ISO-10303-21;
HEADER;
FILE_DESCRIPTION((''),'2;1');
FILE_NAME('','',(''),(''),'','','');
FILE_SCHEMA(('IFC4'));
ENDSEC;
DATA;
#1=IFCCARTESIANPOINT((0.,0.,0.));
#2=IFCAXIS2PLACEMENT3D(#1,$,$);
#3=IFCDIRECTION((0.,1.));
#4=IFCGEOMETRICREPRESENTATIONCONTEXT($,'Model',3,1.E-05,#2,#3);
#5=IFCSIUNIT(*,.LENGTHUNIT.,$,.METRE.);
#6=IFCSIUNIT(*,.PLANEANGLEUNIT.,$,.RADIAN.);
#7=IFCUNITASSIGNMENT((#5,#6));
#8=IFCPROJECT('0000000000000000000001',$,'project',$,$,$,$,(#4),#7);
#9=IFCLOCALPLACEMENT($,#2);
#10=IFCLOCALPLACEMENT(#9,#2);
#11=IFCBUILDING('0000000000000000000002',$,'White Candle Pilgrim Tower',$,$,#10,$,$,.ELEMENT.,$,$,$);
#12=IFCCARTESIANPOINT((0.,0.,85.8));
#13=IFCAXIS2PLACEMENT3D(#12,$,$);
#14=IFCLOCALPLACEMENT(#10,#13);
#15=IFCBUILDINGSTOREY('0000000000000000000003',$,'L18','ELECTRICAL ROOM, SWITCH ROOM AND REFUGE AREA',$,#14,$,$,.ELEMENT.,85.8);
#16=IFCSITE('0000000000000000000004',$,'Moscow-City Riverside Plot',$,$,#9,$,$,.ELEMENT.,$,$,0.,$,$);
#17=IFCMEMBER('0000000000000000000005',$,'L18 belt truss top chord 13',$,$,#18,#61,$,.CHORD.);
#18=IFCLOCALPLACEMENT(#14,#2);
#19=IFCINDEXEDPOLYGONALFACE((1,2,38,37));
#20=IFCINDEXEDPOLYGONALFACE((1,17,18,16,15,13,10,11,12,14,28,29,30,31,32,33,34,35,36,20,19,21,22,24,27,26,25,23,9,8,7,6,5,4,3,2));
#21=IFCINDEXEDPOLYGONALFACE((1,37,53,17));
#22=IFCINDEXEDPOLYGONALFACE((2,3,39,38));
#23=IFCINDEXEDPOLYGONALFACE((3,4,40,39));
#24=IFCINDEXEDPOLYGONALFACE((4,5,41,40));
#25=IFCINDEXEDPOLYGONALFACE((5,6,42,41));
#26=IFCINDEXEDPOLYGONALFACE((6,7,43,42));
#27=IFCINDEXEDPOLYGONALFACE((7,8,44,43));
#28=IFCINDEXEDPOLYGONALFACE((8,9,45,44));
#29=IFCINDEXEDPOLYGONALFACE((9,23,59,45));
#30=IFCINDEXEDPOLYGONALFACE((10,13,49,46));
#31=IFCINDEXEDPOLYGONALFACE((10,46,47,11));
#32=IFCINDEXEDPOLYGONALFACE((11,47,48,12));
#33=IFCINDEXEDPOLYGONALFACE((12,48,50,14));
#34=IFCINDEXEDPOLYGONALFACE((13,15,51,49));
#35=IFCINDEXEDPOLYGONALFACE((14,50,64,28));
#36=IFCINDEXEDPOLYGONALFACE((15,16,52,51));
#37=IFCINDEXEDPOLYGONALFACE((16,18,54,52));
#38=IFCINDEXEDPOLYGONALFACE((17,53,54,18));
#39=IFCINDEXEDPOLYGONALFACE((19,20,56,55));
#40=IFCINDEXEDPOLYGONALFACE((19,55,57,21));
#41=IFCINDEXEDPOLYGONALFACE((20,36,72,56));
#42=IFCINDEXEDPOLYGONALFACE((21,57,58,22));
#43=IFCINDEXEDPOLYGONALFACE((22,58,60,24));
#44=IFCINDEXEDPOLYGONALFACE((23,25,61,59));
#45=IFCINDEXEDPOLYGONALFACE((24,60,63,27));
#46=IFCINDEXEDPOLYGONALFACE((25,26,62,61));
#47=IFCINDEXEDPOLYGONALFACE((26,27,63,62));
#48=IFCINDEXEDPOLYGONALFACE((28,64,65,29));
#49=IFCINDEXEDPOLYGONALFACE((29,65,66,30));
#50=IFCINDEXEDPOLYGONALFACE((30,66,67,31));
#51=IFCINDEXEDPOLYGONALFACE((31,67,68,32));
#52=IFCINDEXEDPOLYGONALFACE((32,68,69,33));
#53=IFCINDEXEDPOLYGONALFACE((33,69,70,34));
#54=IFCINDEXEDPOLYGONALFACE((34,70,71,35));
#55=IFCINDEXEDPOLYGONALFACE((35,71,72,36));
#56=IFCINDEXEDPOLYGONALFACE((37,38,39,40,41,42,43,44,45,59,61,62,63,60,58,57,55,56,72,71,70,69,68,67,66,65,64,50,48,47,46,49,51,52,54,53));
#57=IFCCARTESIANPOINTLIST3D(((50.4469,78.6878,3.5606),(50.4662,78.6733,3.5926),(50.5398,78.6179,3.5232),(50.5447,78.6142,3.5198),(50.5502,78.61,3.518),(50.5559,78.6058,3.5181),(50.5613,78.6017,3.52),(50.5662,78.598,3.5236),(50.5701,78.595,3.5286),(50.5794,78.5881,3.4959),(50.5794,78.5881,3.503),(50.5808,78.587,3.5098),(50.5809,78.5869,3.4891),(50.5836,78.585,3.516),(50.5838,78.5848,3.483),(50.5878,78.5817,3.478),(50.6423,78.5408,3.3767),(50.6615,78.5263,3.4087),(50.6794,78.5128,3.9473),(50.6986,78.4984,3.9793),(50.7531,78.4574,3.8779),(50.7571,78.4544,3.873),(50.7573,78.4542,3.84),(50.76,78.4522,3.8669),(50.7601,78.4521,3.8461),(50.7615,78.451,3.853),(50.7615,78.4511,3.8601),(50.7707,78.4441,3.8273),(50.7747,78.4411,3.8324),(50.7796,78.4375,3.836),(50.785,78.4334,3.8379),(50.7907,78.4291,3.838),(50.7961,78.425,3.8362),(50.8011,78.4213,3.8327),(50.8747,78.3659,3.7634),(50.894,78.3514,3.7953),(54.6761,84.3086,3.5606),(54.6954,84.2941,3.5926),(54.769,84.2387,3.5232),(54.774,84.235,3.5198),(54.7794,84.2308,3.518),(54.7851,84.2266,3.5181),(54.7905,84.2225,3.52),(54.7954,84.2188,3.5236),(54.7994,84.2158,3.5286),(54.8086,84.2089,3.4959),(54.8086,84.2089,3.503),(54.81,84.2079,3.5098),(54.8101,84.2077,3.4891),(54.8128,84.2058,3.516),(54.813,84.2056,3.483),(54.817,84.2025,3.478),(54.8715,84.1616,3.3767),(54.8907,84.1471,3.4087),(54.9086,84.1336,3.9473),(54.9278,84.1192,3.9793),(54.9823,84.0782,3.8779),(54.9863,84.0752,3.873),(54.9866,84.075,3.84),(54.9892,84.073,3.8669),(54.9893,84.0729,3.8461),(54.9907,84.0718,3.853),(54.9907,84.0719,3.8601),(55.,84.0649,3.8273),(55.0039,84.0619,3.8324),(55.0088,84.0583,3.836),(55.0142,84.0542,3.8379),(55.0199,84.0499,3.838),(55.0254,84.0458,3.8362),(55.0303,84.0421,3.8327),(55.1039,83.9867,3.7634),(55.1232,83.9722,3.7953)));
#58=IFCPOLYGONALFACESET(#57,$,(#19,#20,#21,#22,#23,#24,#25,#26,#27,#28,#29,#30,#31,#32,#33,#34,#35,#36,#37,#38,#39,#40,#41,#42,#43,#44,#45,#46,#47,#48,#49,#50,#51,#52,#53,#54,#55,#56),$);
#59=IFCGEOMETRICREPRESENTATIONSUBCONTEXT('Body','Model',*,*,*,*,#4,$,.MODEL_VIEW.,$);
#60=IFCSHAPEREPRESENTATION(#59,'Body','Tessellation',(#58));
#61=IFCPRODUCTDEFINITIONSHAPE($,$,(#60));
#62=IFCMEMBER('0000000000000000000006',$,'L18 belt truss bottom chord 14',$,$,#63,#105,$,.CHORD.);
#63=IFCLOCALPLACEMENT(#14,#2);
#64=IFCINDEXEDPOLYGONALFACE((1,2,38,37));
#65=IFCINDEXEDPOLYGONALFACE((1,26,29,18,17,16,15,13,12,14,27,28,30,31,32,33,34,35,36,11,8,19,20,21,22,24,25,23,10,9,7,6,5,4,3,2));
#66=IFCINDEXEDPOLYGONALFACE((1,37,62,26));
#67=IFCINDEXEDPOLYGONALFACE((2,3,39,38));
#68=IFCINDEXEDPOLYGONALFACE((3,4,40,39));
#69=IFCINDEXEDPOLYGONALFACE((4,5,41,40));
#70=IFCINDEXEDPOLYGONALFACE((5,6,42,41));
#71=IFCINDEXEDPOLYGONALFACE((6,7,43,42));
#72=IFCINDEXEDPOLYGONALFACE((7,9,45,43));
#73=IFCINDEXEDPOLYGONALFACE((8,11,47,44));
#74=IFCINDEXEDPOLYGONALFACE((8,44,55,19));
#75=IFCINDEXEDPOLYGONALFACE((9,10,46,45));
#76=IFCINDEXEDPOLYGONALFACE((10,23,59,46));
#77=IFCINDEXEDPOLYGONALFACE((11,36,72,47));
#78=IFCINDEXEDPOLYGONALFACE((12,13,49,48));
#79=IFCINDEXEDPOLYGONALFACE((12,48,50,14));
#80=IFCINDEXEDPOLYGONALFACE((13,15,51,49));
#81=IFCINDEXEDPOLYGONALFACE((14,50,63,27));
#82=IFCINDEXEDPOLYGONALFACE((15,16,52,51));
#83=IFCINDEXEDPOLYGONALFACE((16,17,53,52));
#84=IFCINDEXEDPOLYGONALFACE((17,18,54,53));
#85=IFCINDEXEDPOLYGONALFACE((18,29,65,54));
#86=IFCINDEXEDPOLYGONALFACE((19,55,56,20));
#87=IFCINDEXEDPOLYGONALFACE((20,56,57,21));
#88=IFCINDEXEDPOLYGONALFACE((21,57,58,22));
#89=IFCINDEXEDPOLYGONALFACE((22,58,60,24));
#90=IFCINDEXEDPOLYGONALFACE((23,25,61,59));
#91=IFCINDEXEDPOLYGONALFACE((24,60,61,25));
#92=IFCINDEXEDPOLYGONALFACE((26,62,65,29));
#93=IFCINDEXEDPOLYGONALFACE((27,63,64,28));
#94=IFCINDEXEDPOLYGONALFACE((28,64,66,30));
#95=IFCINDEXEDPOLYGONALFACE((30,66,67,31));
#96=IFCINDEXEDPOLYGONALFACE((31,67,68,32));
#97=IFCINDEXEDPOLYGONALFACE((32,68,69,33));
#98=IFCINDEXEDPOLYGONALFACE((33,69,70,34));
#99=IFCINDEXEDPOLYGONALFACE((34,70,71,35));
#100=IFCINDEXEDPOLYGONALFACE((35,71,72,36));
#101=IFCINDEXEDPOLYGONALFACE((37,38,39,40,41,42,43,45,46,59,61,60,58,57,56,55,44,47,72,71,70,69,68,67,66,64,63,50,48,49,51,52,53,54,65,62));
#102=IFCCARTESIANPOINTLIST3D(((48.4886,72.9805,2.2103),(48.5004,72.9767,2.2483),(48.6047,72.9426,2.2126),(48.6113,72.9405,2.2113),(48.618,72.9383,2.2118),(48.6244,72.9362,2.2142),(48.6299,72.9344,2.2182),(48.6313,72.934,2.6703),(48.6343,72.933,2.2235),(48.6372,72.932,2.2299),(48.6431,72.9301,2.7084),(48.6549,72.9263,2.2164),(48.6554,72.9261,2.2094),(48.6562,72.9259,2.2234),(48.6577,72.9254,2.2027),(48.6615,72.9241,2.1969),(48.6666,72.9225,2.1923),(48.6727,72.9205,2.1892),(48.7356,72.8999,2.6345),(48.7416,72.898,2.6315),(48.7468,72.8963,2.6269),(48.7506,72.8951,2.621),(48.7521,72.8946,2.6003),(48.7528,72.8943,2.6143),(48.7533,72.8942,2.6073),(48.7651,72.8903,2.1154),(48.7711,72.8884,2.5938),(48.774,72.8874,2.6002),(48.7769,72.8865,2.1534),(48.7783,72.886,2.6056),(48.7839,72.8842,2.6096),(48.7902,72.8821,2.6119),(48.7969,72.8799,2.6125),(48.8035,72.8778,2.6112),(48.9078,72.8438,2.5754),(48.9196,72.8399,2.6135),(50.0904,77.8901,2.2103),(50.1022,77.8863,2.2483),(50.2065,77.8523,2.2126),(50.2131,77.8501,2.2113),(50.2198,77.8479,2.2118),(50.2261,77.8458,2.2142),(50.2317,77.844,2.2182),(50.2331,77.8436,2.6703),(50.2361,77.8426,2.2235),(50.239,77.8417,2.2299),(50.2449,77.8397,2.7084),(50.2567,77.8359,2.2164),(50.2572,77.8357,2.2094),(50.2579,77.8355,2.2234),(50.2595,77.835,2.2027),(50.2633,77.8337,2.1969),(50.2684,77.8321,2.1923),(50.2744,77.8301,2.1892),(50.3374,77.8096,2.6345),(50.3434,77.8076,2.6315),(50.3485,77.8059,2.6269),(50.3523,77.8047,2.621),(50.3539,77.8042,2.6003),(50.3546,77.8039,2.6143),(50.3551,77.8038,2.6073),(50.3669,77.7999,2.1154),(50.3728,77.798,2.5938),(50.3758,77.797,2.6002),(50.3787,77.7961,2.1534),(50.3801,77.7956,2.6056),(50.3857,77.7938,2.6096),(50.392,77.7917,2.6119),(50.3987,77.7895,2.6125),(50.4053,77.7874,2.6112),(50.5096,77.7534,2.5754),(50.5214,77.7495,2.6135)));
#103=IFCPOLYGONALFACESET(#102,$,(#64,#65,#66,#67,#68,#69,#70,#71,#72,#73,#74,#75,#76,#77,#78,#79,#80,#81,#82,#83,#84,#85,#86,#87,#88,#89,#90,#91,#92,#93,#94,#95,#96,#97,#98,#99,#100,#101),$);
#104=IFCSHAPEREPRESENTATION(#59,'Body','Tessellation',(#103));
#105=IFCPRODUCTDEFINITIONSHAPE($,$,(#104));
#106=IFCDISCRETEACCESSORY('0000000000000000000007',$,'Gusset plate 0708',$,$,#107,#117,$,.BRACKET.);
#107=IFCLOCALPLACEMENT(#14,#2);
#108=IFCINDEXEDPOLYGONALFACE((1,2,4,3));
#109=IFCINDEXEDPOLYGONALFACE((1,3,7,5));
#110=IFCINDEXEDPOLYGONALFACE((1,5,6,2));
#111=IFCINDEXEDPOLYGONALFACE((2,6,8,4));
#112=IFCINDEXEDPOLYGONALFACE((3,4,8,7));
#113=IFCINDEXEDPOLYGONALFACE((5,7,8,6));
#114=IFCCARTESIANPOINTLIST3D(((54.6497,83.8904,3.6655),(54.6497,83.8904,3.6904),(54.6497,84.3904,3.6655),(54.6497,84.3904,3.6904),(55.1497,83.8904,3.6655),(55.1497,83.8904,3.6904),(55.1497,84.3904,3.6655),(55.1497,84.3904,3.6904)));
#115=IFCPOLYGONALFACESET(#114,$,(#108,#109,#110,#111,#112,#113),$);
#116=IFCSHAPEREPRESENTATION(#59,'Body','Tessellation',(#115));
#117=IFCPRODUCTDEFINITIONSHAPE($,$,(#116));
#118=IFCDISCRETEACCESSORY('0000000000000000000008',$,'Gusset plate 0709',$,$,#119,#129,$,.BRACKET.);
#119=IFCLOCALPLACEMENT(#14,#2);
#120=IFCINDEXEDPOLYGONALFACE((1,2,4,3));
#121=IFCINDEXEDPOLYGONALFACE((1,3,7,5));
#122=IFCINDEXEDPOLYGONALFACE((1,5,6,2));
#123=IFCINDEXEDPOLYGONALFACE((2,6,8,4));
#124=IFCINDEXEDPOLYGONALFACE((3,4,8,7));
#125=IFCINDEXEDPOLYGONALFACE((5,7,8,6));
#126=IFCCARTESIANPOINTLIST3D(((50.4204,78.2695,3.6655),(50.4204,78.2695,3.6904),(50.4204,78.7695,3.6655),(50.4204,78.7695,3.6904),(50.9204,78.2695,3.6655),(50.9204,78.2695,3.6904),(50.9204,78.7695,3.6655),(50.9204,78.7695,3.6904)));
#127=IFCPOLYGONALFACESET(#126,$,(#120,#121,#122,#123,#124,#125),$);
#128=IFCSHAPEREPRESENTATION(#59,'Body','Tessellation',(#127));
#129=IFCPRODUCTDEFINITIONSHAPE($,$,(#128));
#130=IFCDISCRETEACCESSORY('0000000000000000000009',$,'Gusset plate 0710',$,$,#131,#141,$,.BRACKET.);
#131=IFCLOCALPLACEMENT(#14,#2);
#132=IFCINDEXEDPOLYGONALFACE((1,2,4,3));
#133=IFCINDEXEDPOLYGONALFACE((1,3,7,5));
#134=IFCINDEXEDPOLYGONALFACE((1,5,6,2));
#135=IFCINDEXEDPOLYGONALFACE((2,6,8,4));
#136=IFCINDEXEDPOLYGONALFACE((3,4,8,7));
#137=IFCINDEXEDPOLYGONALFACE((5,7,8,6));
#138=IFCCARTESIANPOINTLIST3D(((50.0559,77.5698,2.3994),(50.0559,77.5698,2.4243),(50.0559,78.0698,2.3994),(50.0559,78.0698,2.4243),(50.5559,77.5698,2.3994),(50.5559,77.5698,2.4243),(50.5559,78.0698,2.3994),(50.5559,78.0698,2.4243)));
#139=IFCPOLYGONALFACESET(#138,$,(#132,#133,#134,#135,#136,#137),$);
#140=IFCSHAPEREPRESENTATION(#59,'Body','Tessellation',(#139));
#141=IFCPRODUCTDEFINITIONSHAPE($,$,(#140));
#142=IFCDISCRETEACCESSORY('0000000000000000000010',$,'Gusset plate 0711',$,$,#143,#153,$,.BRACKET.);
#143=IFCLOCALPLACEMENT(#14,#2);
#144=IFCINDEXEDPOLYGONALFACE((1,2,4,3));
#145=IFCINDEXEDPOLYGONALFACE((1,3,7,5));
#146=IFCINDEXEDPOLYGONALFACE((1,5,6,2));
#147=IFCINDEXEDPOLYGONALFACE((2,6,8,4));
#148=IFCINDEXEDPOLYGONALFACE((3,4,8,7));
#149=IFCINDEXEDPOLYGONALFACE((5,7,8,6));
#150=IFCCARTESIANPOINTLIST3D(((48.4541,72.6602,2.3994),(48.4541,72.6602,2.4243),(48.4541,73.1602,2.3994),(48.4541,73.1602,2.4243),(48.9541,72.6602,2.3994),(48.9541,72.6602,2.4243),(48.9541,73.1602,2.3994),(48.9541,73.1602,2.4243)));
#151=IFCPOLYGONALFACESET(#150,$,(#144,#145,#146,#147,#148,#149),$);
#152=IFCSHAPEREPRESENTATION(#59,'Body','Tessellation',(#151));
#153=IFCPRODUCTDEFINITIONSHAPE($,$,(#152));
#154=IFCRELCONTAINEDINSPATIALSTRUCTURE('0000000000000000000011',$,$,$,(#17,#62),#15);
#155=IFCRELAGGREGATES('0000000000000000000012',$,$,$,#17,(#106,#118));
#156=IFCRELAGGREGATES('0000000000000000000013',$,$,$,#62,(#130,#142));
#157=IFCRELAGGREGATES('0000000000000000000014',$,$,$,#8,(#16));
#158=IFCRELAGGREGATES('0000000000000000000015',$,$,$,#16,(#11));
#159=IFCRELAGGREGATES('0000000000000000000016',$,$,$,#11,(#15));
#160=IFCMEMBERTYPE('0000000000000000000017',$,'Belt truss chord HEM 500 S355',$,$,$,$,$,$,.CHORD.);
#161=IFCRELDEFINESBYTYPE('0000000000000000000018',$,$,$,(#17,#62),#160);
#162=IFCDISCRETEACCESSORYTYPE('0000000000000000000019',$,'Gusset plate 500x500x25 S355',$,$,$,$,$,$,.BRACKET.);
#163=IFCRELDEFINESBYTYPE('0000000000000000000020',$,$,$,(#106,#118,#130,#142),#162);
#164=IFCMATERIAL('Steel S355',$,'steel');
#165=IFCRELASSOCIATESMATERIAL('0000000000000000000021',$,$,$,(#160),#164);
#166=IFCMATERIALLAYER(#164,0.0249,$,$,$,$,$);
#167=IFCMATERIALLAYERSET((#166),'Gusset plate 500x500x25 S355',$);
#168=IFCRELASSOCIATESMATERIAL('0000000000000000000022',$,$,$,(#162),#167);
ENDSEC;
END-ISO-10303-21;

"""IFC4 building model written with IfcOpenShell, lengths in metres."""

from ifc_helpers import new_model, si_unit, direction, frame, origin, origin_2d, place, context, subcontext, project, spatial, rectangle, i_section, extrude, material, layer, layer_set, material_profile, profile_set, type_object, element, aggregate, save


model = new_model("IFC4")

# Units and contexts
model_context = context("Model", 3, precision=1e-05, world=origin(), true_north=direction((0.0, 1.0)))
body_context = subcontext(model_context, "Body", "Model", "MODEL_VIEW")
ifc_project = project(units=[si_unit("LENGTHUNIT", "METRE"), si_unit("PLANEANGLEUNIT", "RADIAN")], contexts=[model_context])

# Site, building, storey
site_placement = place(None, origin())
site = spatial("IfcSite", under=ifc_project, at=site_placement, Name="Moscow-City Riverside Plot", CompositionType="ELEMENT", RefElevation=0.0)
building_placement = place(site_placement, origin())
building = spatial("IfcBuilding", under=site, at=building_placement, Name="White Candle Pilgrim Tower", CompositionType="ELEMENT")
storey_placement = place(building_placement, frame((0.0, 0.0, 85.8)))
storey = spatial("IfcBuildingStorey", under=building, at=storey_placement, Name="L18", Description="ELECTRICAL ROOM, SWITCH ROOM AND REFUGE AREA", CompositionType="ELEMENT", Elevation=85.8)

# Members
ifc_material_1 = material(Name="Steel S355", Category="steel")
ifc_material_profile_1 = material_profile(ifc_material_1, i_section(OverallWidth=0.3059, OverallDepth=0.5239, WebThickness=0.021, FlangeThickness=0.04, FilletRadius=0.0271, at=origin_2d()), Name="HEM 500")
ifc_profile_set_1 = profile_set([ifc_material_profile_1], Name="Steel S355")
member_type_1 = type_object("IfcMemberType", Name="Belt truss chord HEM 500 S355", PredefinedType="CHORD", material=ifc_profile_set_1)
member_1_placement = place(storey_placement, frame((54.8997, 84.1404, 3.678), z_axis=(-0.601238, -0.79907, 0.0), x_axis=(0.638522, -0.480438, -0.601223)))
member_1 = element("IfcMember", 1, at=member_1_placement, inside=storey, type_object=member_type_1, Name="L18 belt truss top chord 13", PredefinedType="CHORD", context=body_context, shape_type="SweptSolid", body=[
    extrude(i_section(OverallWidth=0.3059, OverallDepth=0.5239, WebThickness=0.021, FlangeThickness=0.04, FilletRadius=0.0271, at=origin_2d()), origin(), (0.0, 0.0, 1.0), 7.0342),
])
member_2_placement = place(storey_placement, frame((50.3059, 77.8198, 2.4119), z_axis=(-0.310166, -0.950683, 0.0), x_axis=(0.903789, -0.294866, -0.310192)))
member_2 = element("IfcMember", 2, at=member_2_placement, inside=storey, type_object=member_type_1, Name="L18 belt truss bottom chord 14", PredefinedType="CHORD", context=body_context, shape_type="SweptSolid", body=[
    extrude(i_section(OverallWidth=0.3059, OverallDepth=0.5239, WebThickness=0.021, FlangeThickness=0.04, FilletRadius=0.0271, at=origin_2d()), origin(), (0.0, 0.0, 1.0), 5.1643),
])

# Discrete accessories
ifc_layer_1 = layer(ifc_material_1, 0.0249)
ifc_layer_set_1 = layer_set([ifc_layer_1], Name="Gusset plate 500x500x25 S355")
discrete_accessory_type_1 = type_object("IfcDiscreteAccessoryType", Name="Gusset plate 500x500x25 S355", PredefinedType="BRACKET", material=ifc_layer_set_1)
discrete_accessory_1_placement = place(storey_placement, frame((54.8997, 84.1404, 3.6655), z_axis=(0.0, 0.0, 1.0), x_axis=(1.0, 0.0, 0.0)))
discrete_accessory_1 = element("IfcDiscreteAccessory", 3, at=discrete_accessory_1_placement, type_object=discrete_accessory_type_1, Name="Gusset plate 0708", PredefinedType="BRACKET", context=body_context, shape_type="SweptSolid", body=[
    extrude(rectangle(XDim=0.5, YDim=0.5, at=origin_2d()), origin(), (0.0, 0.0, 1.0), 0.0249),
])
discrete_accessory_2_placement = place(storey_placement, frame((50.6704, 78.5195, 3.6655), z_axis=(0.0, 0.0, 1.0), x_axis=(1.0, 0.0, 0.0)))
discrete_accessory_2 = element("IfcDiscreteAccessory", 4, at=discrete_accessory_2_placement, type_object=discrete_accessory_type_1, Name="Gusset plate 0709", PredefinedType="BRACKET", context=body_context, shape_type="SweptSolid", body=[
    extrude(rectangle(XDim=0.5, YDim=0.5, at=origin_2d()), origin(), (0.0, 0.0, 1.0), 0.0249),
])
aggregate(member_1, [discrete_accessory_1, discrete_accessory_2])
discrete_accessory_3_placement = place(storey_placement, frame((50.3059, 77.8198, 2.3994), z_axis=(0.0, 0.0, 1.0), x_axis=(1.0, 0.0, 0.0)))
discrete_accessory_3 = element("IfcDiscreteAccessory", 5, at=discrete_accessory_3_placement, type_object=discrete_accessory_type_1, Name="Gusset plate 0710", PredefinedType="BRACKET", context=body_context, shape_type="SweptSolid", body=[
    extrude(rectangle(XDim=0.5, YDim=0.5, at=origin_2d()), origin(), (0.0, 0.0, 1.0), 0.0249),
])
discrete_accessory_4_placement = place(storey_placement, frame((48.7041, 72.9102, 2.3994), z_axis=(0.0, 0.0, 1.0), x_axis=(1.0, 0.0, 0.0)))
discrete_accessory_4 = element("IfcDiscreteAccessory", 6, at=discrete_accessory_4_placement, type_object=discrete_accessory_type_1, Name="Gusset plate 0711", PredefinedType="BRACKET", context=body_context, shape_type="SweptSolid", body=[
    extrude(rectangle(XDim=0.5, YDim=0.5, at=origin_2d()), origin(), (0.0, 0.0, 1.0), 0.0249),
])
aggregate(member_2, [discrete_accessory_3, discrete_accessory_4])

save(model, "model.ifc")
